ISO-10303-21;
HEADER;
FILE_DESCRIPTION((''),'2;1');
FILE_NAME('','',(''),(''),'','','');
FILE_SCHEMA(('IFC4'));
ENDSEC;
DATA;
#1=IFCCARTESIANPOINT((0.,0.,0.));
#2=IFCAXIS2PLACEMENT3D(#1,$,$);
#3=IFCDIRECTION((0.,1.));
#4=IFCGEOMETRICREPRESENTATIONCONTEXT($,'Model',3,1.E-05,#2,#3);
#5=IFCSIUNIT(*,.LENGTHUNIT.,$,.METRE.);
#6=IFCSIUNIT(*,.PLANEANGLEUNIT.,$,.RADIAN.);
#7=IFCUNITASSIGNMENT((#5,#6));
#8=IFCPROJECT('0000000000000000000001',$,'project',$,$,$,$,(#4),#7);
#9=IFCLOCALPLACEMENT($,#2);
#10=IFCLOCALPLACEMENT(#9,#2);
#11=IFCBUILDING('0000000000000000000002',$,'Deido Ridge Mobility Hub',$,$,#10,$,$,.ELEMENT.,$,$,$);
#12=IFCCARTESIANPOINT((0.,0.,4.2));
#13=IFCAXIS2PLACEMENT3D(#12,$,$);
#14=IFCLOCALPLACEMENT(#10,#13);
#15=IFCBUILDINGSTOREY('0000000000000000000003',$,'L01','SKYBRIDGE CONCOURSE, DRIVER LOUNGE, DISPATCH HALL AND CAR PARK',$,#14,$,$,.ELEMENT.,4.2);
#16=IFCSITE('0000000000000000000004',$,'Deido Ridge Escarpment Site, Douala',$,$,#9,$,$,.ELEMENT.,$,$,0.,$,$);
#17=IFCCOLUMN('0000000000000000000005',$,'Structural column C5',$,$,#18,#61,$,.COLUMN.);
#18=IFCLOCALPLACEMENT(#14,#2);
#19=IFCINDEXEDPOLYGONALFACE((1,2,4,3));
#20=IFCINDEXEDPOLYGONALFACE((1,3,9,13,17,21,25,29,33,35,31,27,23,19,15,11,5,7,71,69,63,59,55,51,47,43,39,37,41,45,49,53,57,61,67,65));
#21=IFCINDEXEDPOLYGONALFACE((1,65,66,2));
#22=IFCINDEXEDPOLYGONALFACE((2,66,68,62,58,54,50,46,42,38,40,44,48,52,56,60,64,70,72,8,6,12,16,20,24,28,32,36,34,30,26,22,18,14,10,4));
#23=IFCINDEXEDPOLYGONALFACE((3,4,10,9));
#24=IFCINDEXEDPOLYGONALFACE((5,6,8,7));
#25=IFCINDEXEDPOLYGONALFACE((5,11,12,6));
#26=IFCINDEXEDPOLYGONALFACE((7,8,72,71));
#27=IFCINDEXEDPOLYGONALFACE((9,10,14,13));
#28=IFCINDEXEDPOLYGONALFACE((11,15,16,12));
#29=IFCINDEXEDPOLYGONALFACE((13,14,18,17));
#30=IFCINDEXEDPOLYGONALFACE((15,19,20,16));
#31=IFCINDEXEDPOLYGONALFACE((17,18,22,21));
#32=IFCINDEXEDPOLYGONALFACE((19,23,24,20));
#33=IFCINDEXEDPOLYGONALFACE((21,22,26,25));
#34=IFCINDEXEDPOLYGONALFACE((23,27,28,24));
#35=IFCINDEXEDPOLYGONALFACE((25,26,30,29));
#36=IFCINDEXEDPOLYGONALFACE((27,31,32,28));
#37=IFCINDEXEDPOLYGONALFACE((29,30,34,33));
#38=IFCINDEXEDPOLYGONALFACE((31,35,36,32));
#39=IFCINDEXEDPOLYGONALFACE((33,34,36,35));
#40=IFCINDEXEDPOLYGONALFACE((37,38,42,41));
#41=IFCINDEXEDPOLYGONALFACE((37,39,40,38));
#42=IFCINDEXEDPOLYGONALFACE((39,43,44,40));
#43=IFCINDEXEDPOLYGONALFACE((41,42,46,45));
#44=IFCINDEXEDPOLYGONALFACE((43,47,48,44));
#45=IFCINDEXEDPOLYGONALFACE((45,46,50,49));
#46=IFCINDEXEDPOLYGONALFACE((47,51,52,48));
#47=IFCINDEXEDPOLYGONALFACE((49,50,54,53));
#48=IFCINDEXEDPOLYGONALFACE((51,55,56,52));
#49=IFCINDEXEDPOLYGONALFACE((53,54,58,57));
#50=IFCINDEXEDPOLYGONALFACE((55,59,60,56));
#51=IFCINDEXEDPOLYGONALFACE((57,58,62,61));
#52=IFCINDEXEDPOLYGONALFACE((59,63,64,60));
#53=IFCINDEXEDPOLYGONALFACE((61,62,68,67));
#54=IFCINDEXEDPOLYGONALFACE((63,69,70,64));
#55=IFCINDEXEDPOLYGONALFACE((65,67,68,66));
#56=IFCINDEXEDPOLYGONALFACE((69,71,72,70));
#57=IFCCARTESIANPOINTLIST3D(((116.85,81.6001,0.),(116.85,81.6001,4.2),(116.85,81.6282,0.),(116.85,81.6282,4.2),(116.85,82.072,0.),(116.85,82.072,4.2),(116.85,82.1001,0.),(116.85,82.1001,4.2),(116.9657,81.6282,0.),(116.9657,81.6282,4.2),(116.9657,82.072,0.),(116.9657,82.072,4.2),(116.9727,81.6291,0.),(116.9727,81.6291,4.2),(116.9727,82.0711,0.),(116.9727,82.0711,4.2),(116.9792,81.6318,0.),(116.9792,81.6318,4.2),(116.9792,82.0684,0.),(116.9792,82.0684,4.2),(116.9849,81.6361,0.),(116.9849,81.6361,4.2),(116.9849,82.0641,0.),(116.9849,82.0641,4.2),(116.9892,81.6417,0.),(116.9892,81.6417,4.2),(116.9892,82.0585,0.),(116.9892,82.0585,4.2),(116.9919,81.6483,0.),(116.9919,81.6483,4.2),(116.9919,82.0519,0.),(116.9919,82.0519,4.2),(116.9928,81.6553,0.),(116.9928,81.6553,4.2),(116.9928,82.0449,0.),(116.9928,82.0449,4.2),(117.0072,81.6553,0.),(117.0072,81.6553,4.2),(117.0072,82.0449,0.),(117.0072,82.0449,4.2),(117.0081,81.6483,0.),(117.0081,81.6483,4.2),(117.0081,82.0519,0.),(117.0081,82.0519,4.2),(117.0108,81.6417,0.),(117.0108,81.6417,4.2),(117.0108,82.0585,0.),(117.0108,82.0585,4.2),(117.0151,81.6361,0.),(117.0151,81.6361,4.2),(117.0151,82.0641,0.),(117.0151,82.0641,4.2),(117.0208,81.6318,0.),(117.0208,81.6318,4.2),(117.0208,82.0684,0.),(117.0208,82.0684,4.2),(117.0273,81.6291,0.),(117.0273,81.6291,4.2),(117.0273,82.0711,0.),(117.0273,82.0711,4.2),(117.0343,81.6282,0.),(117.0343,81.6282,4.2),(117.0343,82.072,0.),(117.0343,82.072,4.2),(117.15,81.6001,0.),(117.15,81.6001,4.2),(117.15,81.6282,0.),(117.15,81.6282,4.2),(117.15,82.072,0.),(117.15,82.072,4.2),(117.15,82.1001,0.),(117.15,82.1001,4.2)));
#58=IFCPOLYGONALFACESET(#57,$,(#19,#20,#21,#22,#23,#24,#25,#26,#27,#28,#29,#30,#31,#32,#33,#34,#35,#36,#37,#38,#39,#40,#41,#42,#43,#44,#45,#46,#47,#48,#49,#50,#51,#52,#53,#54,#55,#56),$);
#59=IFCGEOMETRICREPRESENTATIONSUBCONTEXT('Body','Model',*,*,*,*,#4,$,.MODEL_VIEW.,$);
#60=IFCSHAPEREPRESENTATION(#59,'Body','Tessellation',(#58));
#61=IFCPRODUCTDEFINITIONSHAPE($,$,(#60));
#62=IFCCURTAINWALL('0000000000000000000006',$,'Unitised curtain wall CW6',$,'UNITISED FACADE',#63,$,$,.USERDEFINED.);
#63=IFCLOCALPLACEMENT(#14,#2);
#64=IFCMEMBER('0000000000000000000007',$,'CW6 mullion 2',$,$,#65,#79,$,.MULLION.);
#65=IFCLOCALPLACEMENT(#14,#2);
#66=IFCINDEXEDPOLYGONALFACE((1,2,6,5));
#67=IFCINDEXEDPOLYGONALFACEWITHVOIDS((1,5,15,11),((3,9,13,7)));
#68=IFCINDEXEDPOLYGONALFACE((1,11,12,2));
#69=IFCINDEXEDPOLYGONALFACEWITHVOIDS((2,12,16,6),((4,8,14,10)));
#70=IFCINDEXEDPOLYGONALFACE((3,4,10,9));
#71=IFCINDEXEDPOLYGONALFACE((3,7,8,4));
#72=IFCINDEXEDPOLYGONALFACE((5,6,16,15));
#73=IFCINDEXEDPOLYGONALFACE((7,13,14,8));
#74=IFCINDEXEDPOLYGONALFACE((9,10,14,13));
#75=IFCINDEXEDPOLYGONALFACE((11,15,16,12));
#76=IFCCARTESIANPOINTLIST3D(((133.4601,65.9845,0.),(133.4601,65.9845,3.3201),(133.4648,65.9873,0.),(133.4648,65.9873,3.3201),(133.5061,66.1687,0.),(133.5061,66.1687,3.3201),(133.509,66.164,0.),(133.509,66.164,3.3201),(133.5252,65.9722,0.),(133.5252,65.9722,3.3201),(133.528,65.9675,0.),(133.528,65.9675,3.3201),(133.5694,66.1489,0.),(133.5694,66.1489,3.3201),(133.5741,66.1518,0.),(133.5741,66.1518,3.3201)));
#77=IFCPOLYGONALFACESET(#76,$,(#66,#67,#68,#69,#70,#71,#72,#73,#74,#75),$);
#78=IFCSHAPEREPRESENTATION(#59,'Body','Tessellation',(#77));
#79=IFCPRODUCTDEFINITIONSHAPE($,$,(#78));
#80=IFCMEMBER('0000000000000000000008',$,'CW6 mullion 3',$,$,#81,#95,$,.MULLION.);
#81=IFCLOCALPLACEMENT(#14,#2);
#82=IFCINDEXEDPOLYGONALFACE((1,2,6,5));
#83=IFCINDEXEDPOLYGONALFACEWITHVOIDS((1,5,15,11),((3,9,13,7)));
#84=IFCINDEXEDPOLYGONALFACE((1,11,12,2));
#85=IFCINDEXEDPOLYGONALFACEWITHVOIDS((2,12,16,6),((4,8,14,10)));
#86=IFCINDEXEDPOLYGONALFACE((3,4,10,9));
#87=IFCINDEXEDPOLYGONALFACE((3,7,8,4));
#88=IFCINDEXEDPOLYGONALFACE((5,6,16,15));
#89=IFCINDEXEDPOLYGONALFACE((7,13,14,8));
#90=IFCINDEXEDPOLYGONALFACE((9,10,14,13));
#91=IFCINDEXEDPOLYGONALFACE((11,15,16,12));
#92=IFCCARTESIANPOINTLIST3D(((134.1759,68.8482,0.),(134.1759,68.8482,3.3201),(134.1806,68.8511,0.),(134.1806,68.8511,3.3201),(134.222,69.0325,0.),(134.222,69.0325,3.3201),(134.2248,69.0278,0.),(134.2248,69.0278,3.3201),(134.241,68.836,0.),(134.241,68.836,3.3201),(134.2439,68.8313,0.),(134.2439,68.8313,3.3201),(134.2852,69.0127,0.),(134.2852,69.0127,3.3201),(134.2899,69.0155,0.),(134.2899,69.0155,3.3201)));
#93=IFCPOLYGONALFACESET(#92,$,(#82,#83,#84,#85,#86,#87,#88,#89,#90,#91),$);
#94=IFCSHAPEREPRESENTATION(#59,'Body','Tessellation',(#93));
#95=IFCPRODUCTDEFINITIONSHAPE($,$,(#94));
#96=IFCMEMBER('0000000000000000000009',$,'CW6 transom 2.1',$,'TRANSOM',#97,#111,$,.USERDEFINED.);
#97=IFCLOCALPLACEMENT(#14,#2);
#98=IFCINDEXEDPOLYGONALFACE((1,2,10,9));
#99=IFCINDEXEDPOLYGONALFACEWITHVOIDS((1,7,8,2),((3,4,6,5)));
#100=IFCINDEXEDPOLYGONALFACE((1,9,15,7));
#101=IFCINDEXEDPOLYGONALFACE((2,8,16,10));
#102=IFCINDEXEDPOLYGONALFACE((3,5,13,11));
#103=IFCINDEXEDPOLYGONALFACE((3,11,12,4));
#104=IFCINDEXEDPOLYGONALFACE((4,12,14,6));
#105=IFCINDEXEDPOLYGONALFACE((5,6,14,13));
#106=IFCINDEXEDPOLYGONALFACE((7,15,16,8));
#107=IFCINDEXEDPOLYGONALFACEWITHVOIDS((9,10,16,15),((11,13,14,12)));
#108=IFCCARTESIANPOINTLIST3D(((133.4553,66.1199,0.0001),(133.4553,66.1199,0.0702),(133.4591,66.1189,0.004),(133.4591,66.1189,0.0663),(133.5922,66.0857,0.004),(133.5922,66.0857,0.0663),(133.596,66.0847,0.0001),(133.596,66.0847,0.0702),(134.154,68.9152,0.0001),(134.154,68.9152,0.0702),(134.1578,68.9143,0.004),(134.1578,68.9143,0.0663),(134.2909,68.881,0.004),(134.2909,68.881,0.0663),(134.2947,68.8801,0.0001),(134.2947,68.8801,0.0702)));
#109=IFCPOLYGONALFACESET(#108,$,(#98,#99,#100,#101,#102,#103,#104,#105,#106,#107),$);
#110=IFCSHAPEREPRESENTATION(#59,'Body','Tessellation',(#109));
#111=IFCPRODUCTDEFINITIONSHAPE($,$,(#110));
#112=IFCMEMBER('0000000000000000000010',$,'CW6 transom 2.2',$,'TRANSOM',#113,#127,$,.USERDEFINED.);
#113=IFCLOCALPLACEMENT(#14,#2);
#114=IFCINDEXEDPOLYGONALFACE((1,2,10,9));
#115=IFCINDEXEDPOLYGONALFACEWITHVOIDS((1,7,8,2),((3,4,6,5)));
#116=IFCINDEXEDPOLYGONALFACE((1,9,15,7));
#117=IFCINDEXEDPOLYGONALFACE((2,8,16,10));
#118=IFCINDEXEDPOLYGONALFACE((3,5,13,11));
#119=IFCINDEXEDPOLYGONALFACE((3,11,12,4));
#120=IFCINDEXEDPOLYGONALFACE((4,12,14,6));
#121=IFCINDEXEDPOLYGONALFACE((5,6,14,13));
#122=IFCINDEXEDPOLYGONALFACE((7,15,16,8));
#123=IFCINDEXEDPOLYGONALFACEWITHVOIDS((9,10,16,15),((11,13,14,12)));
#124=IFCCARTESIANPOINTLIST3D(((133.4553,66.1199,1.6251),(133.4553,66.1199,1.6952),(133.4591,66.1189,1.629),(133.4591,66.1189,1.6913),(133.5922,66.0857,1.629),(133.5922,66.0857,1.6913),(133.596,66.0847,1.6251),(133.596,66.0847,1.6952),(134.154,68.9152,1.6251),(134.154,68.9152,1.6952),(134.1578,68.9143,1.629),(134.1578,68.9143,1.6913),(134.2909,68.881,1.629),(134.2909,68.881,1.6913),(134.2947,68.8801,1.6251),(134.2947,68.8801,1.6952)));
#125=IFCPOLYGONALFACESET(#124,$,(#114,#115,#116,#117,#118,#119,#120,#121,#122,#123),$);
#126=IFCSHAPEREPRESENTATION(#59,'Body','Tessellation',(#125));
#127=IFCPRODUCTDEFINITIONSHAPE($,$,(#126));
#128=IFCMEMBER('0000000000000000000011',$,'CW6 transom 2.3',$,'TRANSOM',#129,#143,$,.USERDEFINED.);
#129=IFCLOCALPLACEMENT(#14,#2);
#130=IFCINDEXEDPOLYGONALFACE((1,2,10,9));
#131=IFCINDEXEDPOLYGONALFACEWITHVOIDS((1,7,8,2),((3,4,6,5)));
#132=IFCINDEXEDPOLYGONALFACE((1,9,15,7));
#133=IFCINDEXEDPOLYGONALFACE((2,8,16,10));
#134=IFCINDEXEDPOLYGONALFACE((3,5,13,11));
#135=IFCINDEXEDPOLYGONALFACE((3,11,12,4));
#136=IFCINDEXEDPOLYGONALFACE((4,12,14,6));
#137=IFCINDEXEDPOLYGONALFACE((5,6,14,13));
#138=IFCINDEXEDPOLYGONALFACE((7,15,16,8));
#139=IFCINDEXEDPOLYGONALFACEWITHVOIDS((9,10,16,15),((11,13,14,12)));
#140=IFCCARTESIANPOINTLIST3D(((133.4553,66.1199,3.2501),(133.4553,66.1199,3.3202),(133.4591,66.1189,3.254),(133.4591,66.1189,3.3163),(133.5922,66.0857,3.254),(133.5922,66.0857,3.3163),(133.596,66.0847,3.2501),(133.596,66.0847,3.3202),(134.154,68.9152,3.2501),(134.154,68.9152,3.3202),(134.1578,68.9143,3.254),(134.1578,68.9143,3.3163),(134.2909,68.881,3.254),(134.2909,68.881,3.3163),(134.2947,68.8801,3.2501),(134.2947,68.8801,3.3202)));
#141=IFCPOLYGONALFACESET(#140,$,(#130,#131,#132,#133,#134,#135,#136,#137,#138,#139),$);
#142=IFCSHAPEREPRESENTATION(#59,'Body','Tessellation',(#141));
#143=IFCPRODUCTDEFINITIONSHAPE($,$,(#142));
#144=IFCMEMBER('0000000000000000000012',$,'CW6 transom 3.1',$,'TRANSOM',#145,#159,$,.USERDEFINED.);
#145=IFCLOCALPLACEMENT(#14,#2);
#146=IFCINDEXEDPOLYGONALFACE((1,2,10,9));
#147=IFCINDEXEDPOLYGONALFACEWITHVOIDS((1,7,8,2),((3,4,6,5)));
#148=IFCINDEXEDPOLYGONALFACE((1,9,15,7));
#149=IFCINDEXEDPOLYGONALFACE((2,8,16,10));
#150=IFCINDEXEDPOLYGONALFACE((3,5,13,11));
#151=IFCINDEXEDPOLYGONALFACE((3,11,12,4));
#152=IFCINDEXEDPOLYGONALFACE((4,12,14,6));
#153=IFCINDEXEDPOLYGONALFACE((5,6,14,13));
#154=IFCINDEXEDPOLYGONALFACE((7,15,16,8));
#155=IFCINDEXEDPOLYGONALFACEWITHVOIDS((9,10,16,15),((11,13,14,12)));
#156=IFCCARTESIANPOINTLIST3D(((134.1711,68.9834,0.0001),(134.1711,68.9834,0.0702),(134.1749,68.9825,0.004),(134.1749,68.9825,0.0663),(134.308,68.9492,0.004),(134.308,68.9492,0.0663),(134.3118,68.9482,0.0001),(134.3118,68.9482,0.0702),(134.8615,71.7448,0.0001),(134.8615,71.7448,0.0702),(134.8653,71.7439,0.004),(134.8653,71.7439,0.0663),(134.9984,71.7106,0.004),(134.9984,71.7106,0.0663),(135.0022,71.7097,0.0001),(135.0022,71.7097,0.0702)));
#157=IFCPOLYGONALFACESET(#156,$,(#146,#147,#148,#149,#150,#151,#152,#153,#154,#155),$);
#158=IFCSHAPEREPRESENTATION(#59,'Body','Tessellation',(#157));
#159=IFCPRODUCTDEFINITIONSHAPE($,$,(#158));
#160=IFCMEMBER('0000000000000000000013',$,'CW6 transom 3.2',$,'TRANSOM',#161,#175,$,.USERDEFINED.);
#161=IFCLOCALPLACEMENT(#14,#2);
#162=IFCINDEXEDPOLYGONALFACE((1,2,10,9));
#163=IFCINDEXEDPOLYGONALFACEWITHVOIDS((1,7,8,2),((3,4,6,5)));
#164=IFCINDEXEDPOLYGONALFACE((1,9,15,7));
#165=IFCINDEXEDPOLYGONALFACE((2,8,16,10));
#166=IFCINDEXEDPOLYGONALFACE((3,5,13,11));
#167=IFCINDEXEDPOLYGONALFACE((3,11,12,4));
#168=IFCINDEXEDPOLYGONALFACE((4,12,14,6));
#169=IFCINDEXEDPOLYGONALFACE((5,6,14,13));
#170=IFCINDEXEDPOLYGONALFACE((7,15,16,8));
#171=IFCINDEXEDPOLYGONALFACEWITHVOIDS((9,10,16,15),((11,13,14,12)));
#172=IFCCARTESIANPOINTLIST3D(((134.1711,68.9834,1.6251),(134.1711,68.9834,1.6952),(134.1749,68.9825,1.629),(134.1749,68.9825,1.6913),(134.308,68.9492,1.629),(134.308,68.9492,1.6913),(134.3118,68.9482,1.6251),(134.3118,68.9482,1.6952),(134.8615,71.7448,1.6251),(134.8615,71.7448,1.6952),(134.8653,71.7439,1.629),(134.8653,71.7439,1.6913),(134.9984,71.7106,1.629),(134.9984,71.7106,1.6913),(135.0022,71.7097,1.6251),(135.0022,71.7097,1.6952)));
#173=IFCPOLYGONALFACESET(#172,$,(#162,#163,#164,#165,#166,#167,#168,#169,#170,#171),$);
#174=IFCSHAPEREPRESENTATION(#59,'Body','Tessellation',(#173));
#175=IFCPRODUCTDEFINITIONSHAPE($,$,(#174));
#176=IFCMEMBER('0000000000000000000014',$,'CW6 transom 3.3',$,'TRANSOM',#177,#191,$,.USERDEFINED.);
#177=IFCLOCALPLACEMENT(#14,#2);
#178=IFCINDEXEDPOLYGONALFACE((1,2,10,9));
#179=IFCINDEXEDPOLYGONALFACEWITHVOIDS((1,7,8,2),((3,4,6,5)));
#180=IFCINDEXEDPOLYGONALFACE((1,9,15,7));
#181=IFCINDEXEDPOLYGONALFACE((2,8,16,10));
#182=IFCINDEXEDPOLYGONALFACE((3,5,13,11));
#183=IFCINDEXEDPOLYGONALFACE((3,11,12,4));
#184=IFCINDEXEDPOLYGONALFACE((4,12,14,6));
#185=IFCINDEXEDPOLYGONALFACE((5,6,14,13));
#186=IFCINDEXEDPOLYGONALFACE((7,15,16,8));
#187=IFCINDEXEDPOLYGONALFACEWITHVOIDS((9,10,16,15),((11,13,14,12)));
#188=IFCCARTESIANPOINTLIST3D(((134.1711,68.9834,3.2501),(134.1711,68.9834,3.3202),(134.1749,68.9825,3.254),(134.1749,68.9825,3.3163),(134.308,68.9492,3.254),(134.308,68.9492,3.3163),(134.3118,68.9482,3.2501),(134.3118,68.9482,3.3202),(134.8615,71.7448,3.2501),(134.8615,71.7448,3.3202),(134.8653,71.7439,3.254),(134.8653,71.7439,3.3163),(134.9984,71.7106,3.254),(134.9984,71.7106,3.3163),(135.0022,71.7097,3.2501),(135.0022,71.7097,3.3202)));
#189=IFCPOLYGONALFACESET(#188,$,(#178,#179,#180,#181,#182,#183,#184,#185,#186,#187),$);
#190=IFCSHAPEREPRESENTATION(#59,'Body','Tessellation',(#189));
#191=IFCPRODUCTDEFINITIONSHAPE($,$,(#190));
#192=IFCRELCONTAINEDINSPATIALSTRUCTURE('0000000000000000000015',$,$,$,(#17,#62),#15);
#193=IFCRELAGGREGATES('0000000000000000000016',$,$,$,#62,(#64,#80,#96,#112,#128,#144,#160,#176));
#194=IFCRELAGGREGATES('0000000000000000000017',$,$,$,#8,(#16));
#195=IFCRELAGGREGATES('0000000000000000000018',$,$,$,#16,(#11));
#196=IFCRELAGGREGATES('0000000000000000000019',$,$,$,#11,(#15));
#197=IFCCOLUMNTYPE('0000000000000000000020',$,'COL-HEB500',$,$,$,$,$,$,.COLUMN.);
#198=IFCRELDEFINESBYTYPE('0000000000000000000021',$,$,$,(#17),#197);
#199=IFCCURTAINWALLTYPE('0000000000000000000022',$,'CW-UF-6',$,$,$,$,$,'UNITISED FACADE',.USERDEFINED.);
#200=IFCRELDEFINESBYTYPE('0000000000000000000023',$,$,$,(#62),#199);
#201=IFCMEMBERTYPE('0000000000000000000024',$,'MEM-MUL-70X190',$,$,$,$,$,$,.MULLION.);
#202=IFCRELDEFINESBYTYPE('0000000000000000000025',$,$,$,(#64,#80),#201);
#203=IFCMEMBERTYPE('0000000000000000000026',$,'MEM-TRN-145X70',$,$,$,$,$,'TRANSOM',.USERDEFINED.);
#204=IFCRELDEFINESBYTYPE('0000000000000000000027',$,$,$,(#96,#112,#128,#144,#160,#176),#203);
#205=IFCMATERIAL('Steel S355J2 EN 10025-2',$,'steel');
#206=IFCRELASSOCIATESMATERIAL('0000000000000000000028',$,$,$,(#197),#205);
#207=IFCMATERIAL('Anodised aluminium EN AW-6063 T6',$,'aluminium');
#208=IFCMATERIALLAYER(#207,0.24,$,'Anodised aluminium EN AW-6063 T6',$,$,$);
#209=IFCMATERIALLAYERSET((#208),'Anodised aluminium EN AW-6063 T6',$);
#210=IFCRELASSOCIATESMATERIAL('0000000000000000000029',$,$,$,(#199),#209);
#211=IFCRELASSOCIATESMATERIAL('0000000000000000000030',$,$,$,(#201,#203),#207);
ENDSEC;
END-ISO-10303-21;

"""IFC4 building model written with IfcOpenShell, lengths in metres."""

from ifc_helpers import new_model, si_unit, direction, frame, origin, origin_2d, place, context, subcontext, project, spatial, hollow_rectangle, i_section, extrude, material, layer, layer_set, material_profile, profile_set, type_object, element, aggregate, save


model = new_model("IFC4")

# Units and contexts
model_context = context("Model", 3, precision=1e-05, world=origin(), true_north=direction((0.0, 1.0)))
body_context = subcontext(model_context, "Body", "Model", "MODEL_VIEW")
ifc_project = project(units=[si_unit("LENGTHUNIT", "METRE"), si_unit("PLANEANGLEUNIT", "RADIAN")], contexts=[model_context])

# Site, building, storey
site_placement = place(None, origin())
site = spatial("IfcSite", under=ifc_project, at=site_placement, Name="Deido Ridge Escarpment Site, Douala", CompositionType="ELEMENT", RefElevation=0.0)
building_placement = place(site_placement, origin())
building = spatial("IfcBuilding", under=site, at=building_placement, Name="Deido Ridge Mobility Hub", CompositionType="ELEMENT")
storey_placement = place(building_placement, frame((0.0, 0.0, 4.2)))
storey = spatial("IfcBuildingStorey", under=building, at=storey_placement, Name="L01", Description="SKYBRIDGE CONCOURSE, DRIVER LOUNGE, DISPATCH HALL AND CAR PARK", CompositionType="ELEMENT", Elevation=4.2)

# Column
ifc_material_1 = material(Name="Steel S355J2 EN 10025-2", Category="steel")
ifc_material_profile_1 = material_profile(ifc_material_1, i_section(OverallWidth=0.3, OverallDepth=0.5, WebThickness=0.0144, FlangeThickness=0.0281, FilletRadius=0.0271, at=origin_2d()), Name="HEB 500")
ifc_profile_set_1 = profile_set([ifc_material_profile_1], Name="Steel S355J2 EN 10025-2")
column_type = type_object("IfcColumnType", Name="COL-HEB500", PredefinedType="COLUMN", material=ifc_profile_set_1)
column_placement = place(storey_placement, frame((117.0, 81.8501, 0.0), z_axis=(0.0, 0.0, 1.0), x_axis=(1.0, 0.0, 0.0)))
element("IfcColumn", 1, at=column_placement, inside=storey, type_object=column_type, Name="Structural column C5", PredefinedType="COLUMN", context=body_context, shape_type="SweptSolid", body=[
    extrude(i_section(OverallWidth=0.3, OverallDepth=0.5, WebThickness=0.0144, FlangeThickness=0.0281, FilletRadius=0.0271, at=origin_2d()), origin(), (0.0, 0.0, 1.0), 4.2),
])

# Curtain wall, members
ifc_material_2 = material(Name="Anodised aluminium EN AW-6063 T6", Category="aluminium")
ifc_layer_1 = layer(ifc_material_2, 0.24, Name="Anodised aluminium EN AW-6063 T6")
ifc_layer_set_1 = layer_set([ifc_layer_1], Name="Anodised aluminium EN AW-6063 T6")
curtain_wall_type = type_object("IfcCurtainWallType", Name="CW-UF-6", ElementType="UNITISED FACADE", PredefinedType="USERDEFINED", material=ifc_layer_set_1)
curtain_wall_placement = place(storey_placement, origin())
curtain_wall = element("IfcCurtainWall", 2, at=curtain_wall_placement, inside=storey, type_object=curtain_wall_type, Name="Unitised curtain wall CW6", ObjectType="UNITISED FACADE", PredefinedType="USERDEFINED")
ifc_material_profile_2 = material_profile(ifc_material_2, hollow_rectangle(XDim=0.0701, YDim=0.1899, WallThickness=0.0039, at=origin_2d()), Name="RHS 70x190x4")
ifc_profile_set_2 = profile_set([ifc_material_profile_2], Name="Anodised aluminium EN AW-6063 T6")
member_type_1 = type_object("IfcMemberType", Name="MEM-MUL-70X190", PredefinedType="MULLION", material=ifc_profile_set_2)
member_1_placement = place(storey_placement, frame((133.5171, 66.0681, 0.0), z_axis=(0.0, 0.0, 1.0), x_axis=(-0.970144, 0.24253, 0.0)))
member_1 = element("IfcMember", 3, at=member_1_placement, type_object=member_type_1, Name="CW6 mullion 2", PredefinedType="MULLION", context=body_context, shape_type="SweptSolid", body=[
    extrude(hollow_rectangle(XDim=0.0701, YDim=0.1899, WallThickness=0.0039, at=origin_2d()), origin(), (0.0, 0.0, 1.0), 3.3201),
])
member_2_placement = place(storey_placement, frame((134.2329, 68.9319, 0.0), z_axis=(0.0, 0.0, 1.0), x_axis=(-0.970144, 0.24253, 0.0)))
member_2 = element("IfcMember", 4, at=member_2_placement, type_object=member_type_1, Name="CW6 mullion 3", PredefinedType="MULLION", context=body_context, shape_type="SweptSolid", body=[
    extrude(hollow_rectangle(XDim=0.0701, YDim=0.1899, WallThickness=0.0039, at=origin_2d()), origin(), (0.0, 0.0, 1.0), 3.3201),
])
ifc_material_profile_3 = material_profile(ifc_material_2, hollow_rectangle(XDim=0.145, YDim=0.0701, WallThickness=0.0039, at=origin_2d()), Name="RHS 145x70x4")
ifc_profile_set_3 = profile_set([ifc_material_profile_3], Name="Anodised aluminium EN AW-6063 T6")
member_type_2 = type_object("IfcMemberType", Name="MEM-TRN-145X70", ElementType="TRANSOM", PredefinedType="USERDEFINED", material=ifc_profile_set_3)
member_3_placement = place(storey_placement, frame((133.5256, 66.1023, 0.0352), z_axis=(0.242496, 0.970152, 0.0), x_axis=(-0.970152, 0.242496, 0.0)))
member_3 = element("IfcMember", 5, at=member_3_placement, type_object=member_type_2, Name="CW6 transom 2.1", ObjectType="TRANSOM", PredefinedType="USERDEFINED", context=body_context, shape_type="SweptSolid", body=[
    extrude(hollow_rectangle(XDim=0.145, YDim=0.0701, WallThickness=0.0039, at=origin_2d()), origin(), (0.0, 0.0, 1.0), 2.8813),
])
member_4_placement = place(storey_placement, frame((133.5256, 66.1023, 1.6602), z_axis=(0.242496, 0.970152, 0.0), x_axis=(-0.970152, 0.242496, 0.0)))
member_4 = element("IfcMember", 6, at=member_4_placement, type_object=member_type_2, Name="CW6 transom 2.2", ObjectType="TRANSOM", PredefinedType="USERDEFINED", context=body_context, shape_type="SweptSolid", body=[
    extrude(hollow_rectangle(XDim=0.145, YDim=0.0701, WallThickness=0.0039, at=origin_2d()), origin(), (0.0, 0.0, 1.0), 2.8813),
])
member_5_placement = place(storey_placement, frame((133.5256, 66.1023, 3.2852), z_axis=(0.242496, 0.970152, 0.0), x_axis=(-0.970152, 0.242496, 0.0)))
member_5 = element("IfcMember", 7, at=member_5_placement, type_object=member_type_2, Name="CW6 transom 2.3", ObjectType="TRANSOM", PredefinedType="USERDEFINED", context=body_context, shape_type="SweptSolid", body=[
    extrude(hollow_rectangle(XDim=0.145, YDim=0.0701, WallThickness=0.0039, at=origin_2d()), origin(), (0.0, 0.0, 1.0), 2.8813),
])
member_6_placement = place(storey_placement, frame((134.2415, 68.9658, 0.0352), z_axis=(0.242556, 0.970137, 0.0), x_axis=(-0.970137, 0.242556, 0.0)))
member_6 = element("IfcMember", 8, at=member_6_placement, type_object=member_type_2, Name="CW6 transom 3.1", ObjectType="TRANSOM", PredefinedType="USERDEFINED", context=body_context, shape_type="SweptSolid", body=[
    extrude(hollow_rectangle(XDim=0.145, YDim=0.0701, WallThickness=0.0039, at=origin_2d()), origin(), (0.0, 0.0, 1.0), 2.8464),
])
member_7_placement = place(storey_placement, frame((134.2415, 68.9658, 1.6602), z_axis=(0.242556, 0.970137, 0.0), x_axis=(-0.970137, 0.242556, 0.0)))
member_7 = element("IfcMember", 9, at=member_7_placement, type_object=member_type_2, Name="CW6 transom 3.2", ObjectType="TRANSOM", PredefinedType="USERDEFINED", context=body_context, shape_type="SweptSolid", body=[
    extrude(hollow_rectangle(XDim=0.145, YDim=0.0701, WallThickness=0.0039, at=origin_2d()), origin(), (0.0, 0.0, 1.0), 2.8464),
])
member_8_placement = place(storey_placement, frame((134.2415, 68.9658, 3.2852), z_axis=(0.242556, 0.970137, 0.0), x_axis=(-0.970137, 0.242556, 0.0)))
member_8 = element("IfcMember", 10, at=member_8_placement, type_object=member_type_2, Name="CW6 transom 3.3", ObjectType="TRANSOM", PredefinedType="USERDEFINED", context=body_context, shape_type="SweptSolid", body=[
    extrude(hollow_rectangle(XDim=0.145, YDim=0.0701, WallThickness=0.0039, at=origin_2d()), origin(), (0.0, 0.0, 1.0), 2.8464),
])
aggregate(curtain_wall, [member_1, member_2, member_3, member_4, member_5, member_6, member_7, member_8])

save(model, "model.ifc")
